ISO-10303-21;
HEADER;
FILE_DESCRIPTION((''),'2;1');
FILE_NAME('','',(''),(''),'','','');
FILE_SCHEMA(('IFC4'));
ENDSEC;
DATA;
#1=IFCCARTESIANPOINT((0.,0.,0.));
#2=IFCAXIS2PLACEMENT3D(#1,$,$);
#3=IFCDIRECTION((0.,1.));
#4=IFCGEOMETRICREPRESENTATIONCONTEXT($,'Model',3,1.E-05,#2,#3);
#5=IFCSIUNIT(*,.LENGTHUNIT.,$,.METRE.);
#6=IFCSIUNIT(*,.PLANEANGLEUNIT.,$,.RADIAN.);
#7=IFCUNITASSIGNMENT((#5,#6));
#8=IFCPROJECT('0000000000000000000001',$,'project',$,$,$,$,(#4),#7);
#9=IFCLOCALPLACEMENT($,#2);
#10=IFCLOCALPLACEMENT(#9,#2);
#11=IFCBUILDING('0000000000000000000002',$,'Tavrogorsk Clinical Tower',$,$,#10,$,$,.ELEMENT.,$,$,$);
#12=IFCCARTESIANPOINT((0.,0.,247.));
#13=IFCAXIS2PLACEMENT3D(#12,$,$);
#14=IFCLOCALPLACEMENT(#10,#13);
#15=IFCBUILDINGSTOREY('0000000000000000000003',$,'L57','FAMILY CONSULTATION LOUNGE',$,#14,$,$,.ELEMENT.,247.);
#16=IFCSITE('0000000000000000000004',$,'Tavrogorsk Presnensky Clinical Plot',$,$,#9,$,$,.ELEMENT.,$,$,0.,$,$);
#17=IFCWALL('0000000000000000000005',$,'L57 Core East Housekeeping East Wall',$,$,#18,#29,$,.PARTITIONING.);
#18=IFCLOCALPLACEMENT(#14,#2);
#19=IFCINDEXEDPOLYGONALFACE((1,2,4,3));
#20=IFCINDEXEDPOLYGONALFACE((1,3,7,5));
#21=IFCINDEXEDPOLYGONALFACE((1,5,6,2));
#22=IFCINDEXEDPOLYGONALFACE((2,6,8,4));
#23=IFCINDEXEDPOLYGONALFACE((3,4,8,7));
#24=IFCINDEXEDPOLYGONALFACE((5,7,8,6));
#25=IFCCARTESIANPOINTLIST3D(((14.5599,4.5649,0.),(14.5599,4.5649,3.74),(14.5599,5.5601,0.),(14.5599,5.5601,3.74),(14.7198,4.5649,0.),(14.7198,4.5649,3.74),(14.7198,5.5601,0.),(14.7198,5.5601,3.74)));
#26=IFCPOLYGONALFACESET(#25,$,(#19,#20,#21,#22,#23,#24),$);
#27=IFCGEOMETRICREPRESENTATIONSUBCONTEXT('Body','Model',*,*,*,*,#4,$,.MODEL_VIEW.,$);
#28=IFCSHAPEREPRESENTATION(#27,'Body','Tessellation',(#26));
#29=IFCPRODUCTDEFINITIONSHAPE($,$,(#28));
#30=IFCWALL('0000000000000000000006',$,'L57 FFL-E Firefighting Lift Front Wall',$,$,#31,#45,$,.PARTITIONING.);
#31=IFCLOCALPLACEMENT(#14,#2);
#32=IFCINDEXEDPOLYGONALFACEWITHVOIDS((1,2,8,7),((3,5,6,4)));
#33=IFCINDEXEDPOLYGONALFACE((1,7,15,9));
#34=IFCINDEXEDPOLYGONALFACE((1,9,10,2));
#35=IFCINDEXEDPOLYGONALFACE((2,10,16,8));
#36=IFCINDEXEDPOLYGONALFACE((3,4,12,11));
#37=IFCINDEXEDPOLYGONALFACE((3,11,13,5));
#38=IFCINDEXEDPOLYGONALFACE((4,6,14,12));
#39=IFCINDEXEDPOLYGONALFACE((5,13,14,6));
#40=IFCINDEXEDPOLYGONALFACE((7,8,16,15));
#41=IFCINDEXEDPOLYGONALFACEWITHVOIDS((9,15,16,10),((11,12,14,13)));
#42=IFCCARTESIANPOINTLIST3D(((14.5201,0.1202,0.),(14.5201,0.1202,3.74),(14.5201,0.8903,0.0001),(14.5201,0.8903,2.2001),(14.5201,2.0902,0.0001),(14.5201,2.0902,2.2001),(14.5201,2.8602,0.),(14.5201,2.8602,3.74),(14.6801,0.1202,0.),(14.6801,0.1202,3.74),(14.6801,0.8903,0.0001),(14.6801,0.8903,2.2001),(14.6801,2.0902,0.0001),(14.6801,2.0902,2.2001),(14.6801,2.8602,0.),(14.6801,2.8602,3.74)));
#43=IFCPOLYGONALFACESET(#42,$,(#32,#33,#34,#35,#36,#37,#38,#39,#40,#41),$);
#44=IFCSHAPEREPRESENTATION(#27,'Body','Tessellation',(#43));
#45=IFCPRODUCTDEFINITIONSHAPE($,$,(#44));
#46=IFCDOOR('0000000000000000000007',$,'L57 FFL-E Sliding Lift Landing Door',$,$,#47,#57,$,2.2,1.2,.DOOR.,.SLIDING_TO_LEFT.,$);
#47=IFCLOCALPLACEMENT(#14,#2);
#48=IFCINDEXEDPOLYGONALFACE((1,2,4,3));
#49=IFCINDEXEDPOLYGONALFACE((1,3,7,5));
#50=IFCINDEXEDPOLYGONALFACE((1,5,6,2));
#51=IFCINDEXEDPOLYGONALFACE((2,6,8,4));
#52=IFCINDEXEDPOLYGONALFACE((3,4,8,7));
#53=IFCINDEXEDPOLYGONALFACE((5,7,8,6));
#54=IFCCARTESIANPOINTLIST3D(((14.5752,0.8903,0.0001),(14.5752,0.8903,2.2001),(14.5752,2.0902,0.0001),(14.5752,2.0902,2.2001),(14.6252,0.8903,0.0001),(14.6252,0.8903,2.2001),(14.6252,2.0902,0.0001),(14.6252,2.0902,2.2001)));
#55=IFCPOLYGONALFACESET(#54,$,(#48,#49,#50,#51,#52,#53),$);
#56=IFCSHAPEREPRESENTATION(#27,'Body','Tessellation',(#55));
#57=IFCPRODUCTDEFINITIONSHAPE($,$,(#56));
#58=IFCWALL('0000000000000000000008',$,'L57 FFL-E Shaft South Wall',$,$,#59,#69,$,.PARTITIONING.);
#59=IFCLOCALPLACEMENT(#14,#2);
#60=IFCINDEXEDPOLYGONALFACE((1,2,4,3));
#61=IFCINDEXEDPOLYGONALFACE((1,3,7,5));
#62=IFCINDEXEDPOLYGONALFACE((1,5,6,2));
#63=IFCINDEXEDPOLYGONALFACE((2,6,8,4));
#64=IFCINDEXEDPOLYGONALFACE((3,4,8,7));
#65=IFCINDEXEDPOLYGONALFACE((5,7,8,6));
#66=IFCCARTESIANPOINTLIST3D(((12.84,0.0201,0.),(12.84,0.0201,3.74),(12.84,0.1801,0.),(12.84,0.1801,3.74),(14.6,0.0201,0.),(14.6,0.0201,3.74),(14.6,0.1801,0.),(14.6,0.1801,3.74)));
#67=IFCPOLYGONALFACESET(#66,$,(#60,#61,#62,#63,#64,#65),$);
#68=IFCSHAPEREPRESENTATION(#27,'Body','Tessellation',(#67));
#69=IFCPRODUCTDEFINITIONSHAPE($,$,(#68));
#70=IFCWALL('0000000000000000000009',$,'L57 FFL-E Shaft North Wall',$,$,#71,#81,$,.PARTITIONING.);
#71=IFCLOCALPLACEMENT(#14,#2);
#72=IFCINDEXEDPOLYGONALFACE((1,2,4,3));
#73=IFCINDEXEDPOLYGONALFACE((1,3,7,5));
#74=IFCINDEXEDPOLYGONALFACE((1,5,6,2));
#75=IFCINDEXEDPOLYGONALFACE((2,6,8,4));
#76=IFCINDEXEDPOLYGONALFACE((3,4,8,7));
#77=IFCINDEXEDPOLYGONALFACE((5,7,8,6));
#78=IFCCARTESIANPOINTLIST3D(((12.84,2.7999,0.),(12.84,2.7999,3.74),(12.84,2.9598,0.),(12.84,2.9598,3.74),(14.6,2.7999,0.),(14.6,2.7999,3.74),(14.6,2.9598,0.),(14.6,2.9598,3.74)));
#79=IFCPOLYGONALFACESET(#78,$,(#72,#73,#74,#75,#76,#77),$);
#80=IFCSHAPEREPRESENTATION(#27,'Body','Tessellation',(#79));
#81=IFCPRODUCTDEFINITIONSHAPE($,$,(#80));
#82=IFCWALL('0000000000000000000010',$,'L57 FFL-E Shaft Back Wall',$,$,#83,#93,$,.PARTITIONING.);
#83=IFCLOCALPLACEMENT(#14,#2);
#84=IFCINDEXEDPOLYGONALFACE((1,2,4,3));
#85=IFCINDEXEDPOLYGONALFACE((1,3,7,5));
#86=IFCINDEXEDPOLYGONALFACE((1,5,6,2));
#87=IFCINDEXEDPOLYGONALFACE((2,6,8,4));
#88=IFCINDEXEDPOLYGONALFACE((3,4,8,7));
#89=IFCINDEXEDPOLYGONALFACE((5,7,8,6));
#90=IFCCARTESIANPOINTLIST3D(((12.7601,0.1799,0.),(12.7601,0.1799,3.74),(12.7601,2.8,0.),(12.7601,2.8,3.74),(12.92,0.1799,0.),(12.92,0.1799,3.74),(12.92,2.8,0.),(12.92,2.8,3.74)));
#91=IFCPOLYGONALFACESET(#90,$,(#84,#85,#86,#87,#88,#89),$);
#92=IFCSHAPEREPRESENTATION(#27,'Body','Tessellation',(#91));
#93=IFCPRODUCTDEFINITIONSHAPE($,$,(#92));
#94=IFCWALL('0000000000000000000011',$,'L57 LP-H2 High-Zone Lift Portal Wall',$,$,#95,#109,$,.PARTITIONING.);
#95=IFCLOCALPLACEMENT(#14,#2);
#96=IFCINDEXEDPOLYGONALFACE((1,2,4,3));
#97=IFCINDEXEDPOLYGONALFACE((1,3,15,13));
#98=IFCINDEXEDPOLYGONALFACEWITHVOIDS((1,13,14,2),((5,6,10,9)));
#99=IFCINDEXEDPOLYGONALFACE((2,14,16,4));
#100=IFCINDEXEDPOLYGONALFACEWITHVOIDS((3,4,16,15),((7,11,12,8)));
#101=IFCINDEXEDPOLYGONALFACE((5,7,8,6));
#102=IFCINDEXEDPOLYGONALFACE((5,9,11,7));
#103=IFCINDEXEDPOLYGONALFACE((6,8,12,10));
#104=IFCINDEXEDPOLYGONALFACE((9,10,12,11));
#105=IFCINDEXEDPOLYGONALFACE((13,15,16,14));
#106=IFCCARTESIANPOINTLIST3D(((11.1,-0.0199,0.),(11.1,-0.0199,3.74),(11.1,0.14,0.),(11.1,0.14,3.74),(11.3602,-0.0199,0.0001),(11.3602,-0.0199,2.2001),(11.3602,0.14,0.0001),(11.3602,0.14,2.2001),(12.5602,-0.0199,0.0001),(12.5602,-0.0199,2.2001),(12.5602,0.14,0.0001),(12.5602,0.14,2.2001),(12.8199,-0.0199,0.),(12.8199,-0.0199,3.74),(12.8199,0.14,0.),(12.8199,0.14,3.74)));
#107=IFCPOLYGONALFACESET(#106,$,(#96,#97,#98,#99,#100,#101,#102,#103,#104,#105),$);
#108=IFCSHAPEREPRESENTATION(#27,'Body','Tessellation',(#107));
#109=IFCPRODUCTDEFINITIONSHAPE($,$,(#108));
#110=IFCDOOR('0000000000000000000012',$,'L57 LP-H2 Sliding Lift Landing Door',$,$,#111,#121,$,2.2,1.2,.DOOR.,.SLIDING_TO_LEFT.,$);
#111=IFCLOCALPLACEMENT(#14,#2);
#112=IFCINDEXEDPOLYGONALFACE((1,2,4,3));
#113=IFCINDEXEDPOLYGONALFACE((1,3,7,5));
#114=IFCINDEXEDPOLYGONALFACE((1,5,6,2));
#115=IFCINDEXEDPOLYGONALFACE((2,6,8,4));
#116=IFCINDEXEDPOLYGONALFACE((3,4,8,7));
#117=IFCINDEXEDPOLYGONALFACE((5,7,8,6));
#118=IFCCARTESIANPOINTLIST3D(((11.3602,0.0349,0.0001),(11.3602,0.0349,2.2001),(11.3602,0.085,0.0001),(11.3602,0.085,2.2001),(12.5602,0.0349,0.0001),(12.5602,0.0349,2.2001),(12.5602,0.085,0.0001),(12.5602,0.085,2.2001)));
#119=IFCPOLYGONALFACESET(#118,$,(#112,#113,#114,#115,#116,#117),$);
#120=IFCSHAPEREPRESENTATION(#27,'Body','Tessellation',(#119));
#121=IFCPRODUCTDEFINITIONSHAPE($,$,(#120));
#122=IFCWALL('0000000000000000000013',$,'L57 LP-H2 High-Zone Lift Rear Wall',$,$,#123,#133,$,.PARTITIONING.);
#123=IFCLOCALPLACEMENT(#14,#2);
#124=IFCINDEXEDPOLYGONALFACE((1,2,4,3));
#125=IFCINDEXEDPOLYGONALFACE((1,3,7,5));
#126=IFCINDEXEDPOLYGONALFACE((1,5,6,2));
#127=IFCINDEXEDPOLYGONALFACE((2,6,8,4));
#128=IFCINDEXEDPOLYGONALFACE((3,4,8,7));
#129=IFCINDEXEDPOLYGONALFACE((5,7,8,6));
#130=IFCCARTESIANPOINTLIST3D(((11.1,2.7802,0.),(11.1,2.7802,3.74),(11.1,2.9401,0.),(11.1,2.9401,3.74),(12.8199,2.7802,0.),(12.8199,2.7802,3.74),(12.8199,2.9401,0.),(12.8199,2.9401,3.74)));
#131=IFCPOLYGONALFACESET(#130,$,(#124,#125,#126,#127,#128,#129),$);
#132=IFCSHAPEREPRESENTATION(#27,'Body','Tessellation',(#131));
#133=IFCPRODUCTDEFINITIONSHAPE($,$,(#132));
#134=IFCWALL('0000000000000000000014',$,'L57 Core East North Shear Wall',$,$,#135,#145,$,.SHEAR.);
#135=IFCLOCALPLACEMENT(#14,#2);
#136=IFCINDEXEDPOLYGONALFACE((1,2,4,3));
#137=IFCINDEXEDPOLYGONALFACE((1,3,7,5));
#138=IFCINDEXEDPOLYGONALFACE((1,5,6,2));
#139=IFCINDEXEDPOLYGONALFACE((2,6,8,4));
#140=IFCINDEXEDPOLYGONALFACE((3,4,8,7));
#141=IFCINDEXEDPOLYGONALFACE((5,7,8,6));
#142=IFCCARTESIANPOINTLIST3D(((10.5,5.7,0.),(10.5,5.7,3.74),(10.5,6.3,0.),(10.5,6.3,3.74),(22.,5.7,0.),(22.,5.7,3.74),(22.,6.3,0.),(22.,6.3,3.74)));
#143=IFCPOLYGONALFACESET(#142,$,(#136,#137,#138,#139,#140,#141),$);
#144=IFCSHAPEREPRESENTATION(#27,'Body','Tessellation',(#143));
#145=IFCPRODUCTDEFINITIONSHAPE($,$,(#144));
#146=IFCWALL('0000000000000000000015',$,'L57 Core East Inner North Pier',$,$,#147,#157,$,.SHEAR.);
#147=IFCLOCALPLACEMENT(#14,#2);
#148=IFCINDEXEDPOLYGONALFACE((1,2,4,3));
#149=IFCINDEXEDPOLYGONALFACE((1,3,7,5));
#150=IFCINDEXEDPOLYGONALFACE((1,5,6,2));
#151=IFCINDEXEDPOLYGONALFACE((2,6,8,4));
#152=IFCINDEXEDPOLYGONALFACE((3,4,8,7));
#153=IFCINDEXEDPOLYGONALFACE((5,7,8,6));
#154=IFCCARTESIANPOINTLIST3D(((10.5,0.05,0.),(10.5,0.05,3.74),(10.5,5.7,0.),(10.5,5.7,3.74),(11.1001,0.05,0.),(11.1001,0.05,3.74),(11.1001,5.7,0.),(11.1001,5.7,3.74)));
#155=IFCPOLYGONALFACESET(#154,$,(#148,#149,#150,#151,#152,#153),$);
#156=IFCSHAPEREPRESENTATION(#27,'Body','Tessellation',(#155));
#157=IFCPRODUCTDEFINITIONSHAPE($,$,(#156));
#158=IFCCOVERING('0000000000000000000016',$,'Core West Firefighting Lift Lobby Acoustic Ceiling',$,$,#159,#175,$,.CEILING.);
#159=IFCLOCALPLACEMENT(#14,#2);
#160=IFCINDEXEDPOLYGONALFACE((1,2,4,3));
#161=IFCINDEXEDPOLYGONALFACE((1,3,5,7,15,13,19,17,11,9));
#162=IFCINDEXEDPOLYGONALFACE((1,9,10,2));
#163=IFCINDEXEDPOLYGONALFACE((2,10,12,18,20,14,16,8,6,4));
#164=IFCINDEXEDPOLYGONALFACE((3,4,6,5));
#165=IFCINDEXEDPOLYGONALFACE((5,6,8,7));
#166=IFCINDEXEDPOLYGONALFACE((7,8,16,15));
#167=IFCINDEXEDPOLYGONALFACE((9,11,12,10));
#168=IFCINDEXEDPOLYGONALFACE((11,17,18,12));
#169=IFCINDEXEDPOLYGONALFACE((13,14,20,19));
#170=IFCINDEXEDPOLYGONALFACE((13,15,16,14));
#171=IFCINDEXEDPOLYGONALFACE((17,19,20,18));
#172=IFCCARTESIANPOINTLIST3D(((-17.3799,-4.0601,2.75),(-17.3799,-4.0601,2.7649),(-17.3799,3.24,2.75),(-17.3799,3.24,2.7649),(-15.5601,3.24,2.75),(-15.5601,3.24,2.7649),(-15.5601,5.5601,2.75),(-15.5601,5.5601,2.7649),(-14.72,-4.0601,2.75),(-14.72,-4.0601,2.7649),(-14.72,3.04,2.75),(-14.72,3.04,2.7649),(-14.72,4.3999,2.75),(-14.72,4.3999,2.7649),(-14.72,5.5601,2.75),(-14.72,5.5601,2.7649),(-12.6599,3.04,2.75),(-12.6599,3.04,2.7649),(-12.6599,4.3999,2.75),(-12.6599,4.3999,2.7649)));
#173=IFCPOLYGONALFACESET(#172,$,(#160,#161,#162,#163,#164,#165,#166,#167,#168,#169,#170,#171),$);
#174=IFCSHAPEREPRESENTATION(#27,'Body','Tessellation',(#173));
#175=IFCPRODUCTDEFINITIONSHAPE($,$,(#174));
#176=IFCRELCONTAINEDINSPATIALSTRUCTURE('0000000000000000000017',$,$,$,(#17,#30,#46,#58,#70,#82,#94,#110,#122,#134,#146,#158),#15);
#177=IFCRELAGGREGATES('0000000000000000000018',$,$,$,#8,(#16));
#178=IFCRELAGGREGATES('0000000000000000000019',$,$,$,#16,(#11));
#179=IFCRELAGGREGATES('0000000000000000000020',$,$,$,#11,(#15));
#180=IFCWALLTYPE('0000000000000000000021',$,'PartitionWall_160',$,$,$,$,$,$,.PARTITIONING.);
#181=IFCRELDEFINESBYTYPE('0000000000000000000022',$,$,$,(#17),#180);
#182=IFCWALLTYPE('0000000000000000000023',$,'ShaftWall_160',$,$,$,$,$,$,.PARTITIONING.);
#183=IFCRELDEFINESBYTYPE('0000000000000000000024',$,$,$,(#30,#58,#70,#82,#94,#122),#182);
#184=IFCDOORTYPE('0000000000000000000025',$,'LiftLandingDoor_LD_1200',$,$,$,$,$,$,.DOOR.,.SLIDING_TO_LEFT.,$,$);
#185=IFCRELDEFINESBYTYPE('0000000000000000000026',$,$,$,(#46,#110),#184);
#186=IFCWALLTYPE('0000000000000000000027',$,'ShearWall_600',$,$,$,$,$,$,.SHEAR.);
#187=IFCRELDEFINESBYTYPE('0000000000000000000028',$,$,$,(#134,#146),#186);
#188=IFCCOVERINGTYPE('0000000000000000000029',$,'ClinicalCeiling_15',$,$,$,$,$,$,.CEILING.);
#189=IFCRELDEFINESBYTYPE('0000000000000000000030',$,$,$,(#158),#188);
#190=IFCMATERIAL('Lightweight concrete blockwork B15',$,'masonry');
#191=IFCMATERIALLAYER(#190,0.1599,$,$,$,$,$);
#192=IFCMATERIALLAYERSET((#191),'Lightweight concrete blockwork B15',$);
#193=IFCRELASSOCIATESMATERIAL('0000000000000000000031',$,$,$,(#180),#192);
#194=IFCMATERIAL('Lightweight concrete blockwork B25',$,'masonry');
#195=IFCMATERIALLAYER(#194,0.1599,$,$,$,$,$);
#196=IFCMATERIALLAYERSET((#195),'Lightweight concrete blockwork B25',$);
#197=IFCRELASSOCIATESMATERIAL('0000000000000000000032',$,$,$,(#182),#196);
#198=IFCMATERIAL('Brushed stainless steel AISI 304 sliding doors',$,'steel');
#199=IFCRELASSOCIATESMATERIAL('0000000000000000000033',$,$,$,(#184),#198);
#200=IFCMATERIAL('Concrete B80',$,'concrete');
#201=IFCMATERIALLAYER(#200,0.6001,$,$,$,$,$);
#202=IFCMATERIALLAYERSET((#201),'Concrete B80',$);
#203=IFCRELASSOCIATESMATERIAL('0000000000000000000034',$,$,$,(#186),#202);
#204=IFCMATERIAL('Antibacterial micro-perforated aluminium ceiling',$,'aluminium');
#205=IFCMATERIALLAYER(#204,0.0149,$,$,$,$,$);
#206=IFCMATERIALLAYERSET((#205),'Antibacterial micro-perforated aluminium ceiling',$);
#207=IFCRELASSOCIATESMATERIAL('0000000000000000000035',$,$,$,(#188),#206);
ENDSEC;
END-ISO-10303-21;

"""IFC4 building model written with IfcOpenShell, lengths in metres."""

from ifc_helpers import new_model, si_unit, direction, frame, frame_2d, origin, place, context, subcontext, project, spatial, polyline, rectangle, outline, extrude, material, layer, layer_set, type_object, element, fill, save


model = new_model("IFC4")

# Units and contexts
model_context = context("Model", 3, precision=1e-05, world=origin(), true_north=direction((0.0, 1.0)))
body_context = subcontext(model_context, "Body", "Model", "MODEL_VIEW")
ifc_project = project(units=[si_unit("LENGTHUNIT", "METRE"), si_unit("PLANEANGLEUNIT", "RADIAN")], contexts=[model_context])

# Site, building, storey
site_placement = place(None, origin())
site = spatial("IfcSite", under=ifc_project, at=site_placement, Name="Tavrogorsk Presnensky Clinical Plot", CompositionType="ELEMENT", RefElevation=0.0)
building_placement = place(site_placement, origin())
building = spatial("IfcBuilding", under=site, at=building_placement, Name="Tavrogorsk Clinical Tower", CompositionType="ELEMENT")
storey_placement = place(building_placement, frame((0.0, 0.0, 247.0)))
storey = spatial("IfcBuildingStorey", under=building, at=storey_placement, Name="L57", Description="FAMILY CONSULTATION LOUNGE", CompositionType="ELEMENT", Elevation=247.0)

# Shared definitions
ifc_material_1 = material(Name="Lightweight concrete blockwork B15", Category="masonry")
ifc_layer_1 = layer(ifc_material_1, 0.1599)
ifc_layer_set_1 = layer_set([ifc_layer_1], Name="Lightweight concrete blockwork B15")
wall_type_1 = type_object("IfcWallType", Name="PartitionWall_160", PredefinedType="PARTITIONING", material=ifc_layer_set_1)

# Wall
wall_1_placement = place(storey_placement, frame((14.6399, 4.5649, 0.0), z_axis=(0.0, 0.0, 1.0), x_axis=(0.0, 1.0, 0.0)))
element("IfcWall", 1, at=wall_1_placement, inside=storey, type_object=wall_type_1, Name="L57 Core East Housekeeping East Wall", PredefinedType="PARTITIONING", context=body_context, shape_type="SweptSolid", body=[
    extrude(rectangle(XDim=0.9951, YDim=0.1599, at=frame_2d((0.4976, 0.0))), origin(), (0.0, 0.0, 1.0), 3.74),
])

# Wall, opening, door
ifc_material_2 = material(Name="Lightweight concrete blockwork B25", Category="masonry")
ifc_layer_2 = layer(ifc_material_2, 0.1599)
ifc_layer_set_2 = layer_set([ifc_layer_2], Name="Lightweight concrete blockwork B25")
wall_type_2 = type_object("IfcWallType", Name="ShaftWall_160", PredefinedType="PARTITIONING", material=ifc_layer_set_2)
wall_2_placement = place(storey_placement, frame((14.6001, 0.1201, 0.0), z_axis=(0.0, 0.0, 1.0), x_axis=(0.0, 1.0, 0.0)))
wall_2 = element("IfcWall", 2, at=wall_2_placement, inside=storey, type_object=wall_type_2, Name="L57 FFL-E Firefighting Lift Front Wall", PredefinedType="PARTITIONING", context=body_context, shape_type="SweptSolid", body=[
    extrude(rectangle(XDim=2.74, YDim=0.1599, at=frame_2d((1.3701, 0.0))), origin(), (0.0, 0.0, 1.0), 3.74),
])
opening_1_placement = place(wall_2_placement, frame((0.77, 0.0, 0.0)))
opening_1 = element("IfcOpeningElement", 3, at=opening_1_placement, cuts=wall_2, PredefinedType="OPENING", context=body_context, shape_type="SweptSolid", body=[
    extrude(rectangle(XDim=1.2, YDim=2.2, at=frame_2d((0.6001, 1.1001))), frame((0.0, 0.0898, 0.0), z_axis=(0.0, -1.0, 0.0), x_axis=(1.0, 0.0, 0.0)), (0.0, 0.0, 1.0), 0.1799),
])
ifc_material_3 = material(Name="Brushed stainless steel AISI 304 sliding doors", Category="steel")
door_type_1 = type_object("IfcDoorType", Name="LiftLandingDoor_LD_1200", OperationType="SLIDING_TO_LEFT", PredefinedType="DOOR", material=ifc_material_3)
door_1_placement = place(opening_1_placement, origin())
door_1 = element("IfcDoor", 4, at=door_1_placement, inside=storey, type_object=door_type_1, Name="L57 FFL-E Sliding Lift Landing Door", OperationType="SLIDING_TO_LEFT", OverallHeight=2.2, OverallWidth=1.2, PredefinedType="DOOR", context=body_context, shape_type="SweptSolid", body=[
    extrude(rectangle(XDim=1.2, YDim=2.2, at=frame_2d((0.6001, 1.1001))), frame((0.0, 0.0249, 0.0), z_axis=(0.0, -1.0, 0.0), x_axis=(1.0, 0.0, 0.0)), (0.0, 0.0, 1.0), 0.05),
])
fill(opening_1, door_1)

# Walls
for number, where, z_axis, x_axis, name in (
    (5, (12.8401, 0.1001, 0.0), (0.0, 0.0, 1.0), (1.0, 0.0, 0.0), "L57 FFL-E Shaft South Wall"),
    (6, (12.8401, 2.8799, 0.0), (0.0, 0.0, 1.0), (1.0, 0.0, 0.0), "L57 FFL-E Shaft North Wall"),
):
    element("IfcWall", number, at=place(storey_placement, frame(where, z_axis=z_axis, x_axis=x_axis)), inside=storey, type_object=wall_type_2, Name=name, PredefinedType="PARTITIONING", context=body_context, shape_type="SweptSolid", body=[
        extrude(rectangle(XDim=1.76, YDim=0.1599, at=frame_2d((0.8799, 0.0))), origin(), (0.0, 0.0, 1.0), 3.74),
    ])
wall_3_placement = place(storey_placement, frame((12.8401, 0.1799, 0.0), z_axis=(0.0, 0.0, 1.0), x_axis=(0.0, 1.0, 0.0)))
element("IfcWall", 7, at=wall_3_placement, inside=storey, type_object=wall_type_2, Name="L57 FFL-E Shaft Back Wall", PredefinedType="PARTITIONING", context=body_context, shape_type="SweptSolid", body=[
    extrude(rectangle(XDim=2.6201, YDim=0.1599, at=frame_2d((1.3101, 0.0))), origin(), (0.0, 0.0, 1.0), 3.74),
])

# Wall, opening, door
wall_4_placement = place(storey_placement, frame((11.1001, 0.0601, 0.0), z_axis=(0.0, 0.0, 1.0), x_axis=(1.0, 0.0, 0.0)))
wall_4 = element("IfcWall", 8, at=wall_4_placement, inside=storey, type_object=wall_type_2, Name="L57 LP-H2 High-Zone Lift Portal Wall", PredefinedType="PARTITIONING", context=body_context, shape_type="SweptSolid", body=[
    extrude(rectangle(XDim=1.72, YDim=0.1599, at=frame_2d((0.8599, 0.0))), origin(), (0.0, 0.0, 1.0), 3.74),
])
opening_2_placement = place(wall_4_placement, frame((0.26, 0.0, 0.0)))
opening_2 = element("IfcOpeningElement", 9, at=opening_2_placement, cuts=wall_4, PredefinedType="OPENING", context=body_context, shape_type="SweptSolid", body=[
    extrude(rectangle(XDim=1.2, YDim=2.2, at=frame_2d((0.6001, 1.1001))), frame((0.0, 0.0898, 0.0), z_axis=(0.0, -1.0, 0.0), x_axis=(1.0, 0.0, 0.0)), (0.0, 0.0, 1.0), 0.1799),
])
door_2_placement = place(opening_2_placement, origin())
door_2 = element("IfcDoor", 10, at=door_2_placement, inside=storey, type_object=door_type_1, Name="L57 LP-H2 Sliding Lift Landing Door", OperationType="SLIDING_TO_LEFT", OverallHeight=2.2, OverallWidth=1.2, PredefinedType="DOOR", context=body_context, shape_type="SweptSolid", body=[
    extrude(rectangle(XDim=1.2, YDim=2.2, at=frame_2d((0.6001, 1.1001))), frame((0.0, 0.0249, 0.0), z_axis=(0.0, -1.0, 0.0), x_axis=(1.0, 0.0, 0.0)), (0.0, 0.0, 1.0), 0.05),
])
fill(opening_2, door_2)

# Walls
wall_5_placement = place(storey_placement, frame((11.1001, 2.8601, 0.0), z_axis=(0.0, 0.0, 1.0), x_axis=(1.0, 0.0, 0.0)))
element("IfcWall", 11, at=wall_5_placement, inside=storey, type_object=wall_type_2, Name="L57 LP-H2 High-Zone Lift Rear Wall", PredefinedType="PARTITIONING", context=body_context, shape_type="SweptSolid", body=[
    extrude(rectangle(XDim=1.72, YDim=0.1599, at=frame_2d((0.8599, 0.0))), origin(), (0.0, 0.0, 1.0), 3.74),
])
ifc_material_4 = material(Name="Concrete B80", Category="concrete")
ifc_layer_3 = layer(ifc_material_4, 0.6001)
ifc_layer_set_3 = layer_set([ifc_layer_3], Name="Concrete B80")
wall_type_3 = type_object("IfcWallType", Name="ShearWall_600", PredefinedType="SHEAR", material=ifc_layer_set_3)
wall_6_placement = place(storey_placement, frame((10.5, 6.0, 0.0), z_axis=(0.0, 0.0, 1.0), x_axis=(1.0, 0.0, 0.0)))
element("IfcWall", 12, at=wall_6_placement, inside=storey, type_object=wall_type_3, Name="L57 Core East North Shear Wall", PredefinedType="SHEAR", context=body_context, shape_type="SweptSolid", body=[
    extrude(rectangle(XDim=11.5, YDim=0.6001, at=frame_2d((5.75, 0.0))), origin(), (0.0, 0.0, 1.0), 3.74),
])
wall_7_placement = place(storey_placement, frame((10.8, 0.05, 0.0), z_axis=(0.0, 0.0, 1.0), x_axis=(0.0, 1.0, 0.0)))
element("IfcWall", 13, at=wall_7_placement, inside=storey, type_object=wall_type_3, Name="L57 Core East Inner North Pier", PredefinedType="SHEAR", context=body_context, shape_type="SweptSolid", body=[
    extrude(rectangle(XDim=5.6499, YDim=0.6001, at=frame_2d((2.825, 0.0))), origin(), (0.0, 0.0, 1.0), 3.74),
])

# Covering
ifc_material_5 = material(Name="Antibacterial micro-perforated aluminium ceiling", Category="aluminium")
ifc_layer_4 = layer(ifc_material_5, 0.0149)
ifc_layer_set_4 = layer_set([ifc_layer_4], Name="Antibacterial micro-perforated aluminium ceiling")
covering_type_1 = type_object("IfcCoveringType", Name="ClinicalCeiling_15", PredefinedType="CEILING", material=ifc_layer_set_4)
covering_1_placement = place(storey_placement, frame((0.0, 0.0, 2.75)))
element("IfcCovering", 14, at=covering_1_placement, inside=storey, type_object=covering_type_1, Name="Core West Firefighting Lift Lobby Acoustic Ceiling", PredefinedType="CEILING", context=body_context, shape_type="SweptSolid", body=[
    extrude(outline(polyline([(-17.3799, -4.0601), (-17.3799, 3.24), (-15.5601, 3.24), (-15.5601, 5.5601), (-14.72, 5.5601), (-14.72, 4.3999), (-12.6599, 4.3999), (-12.6599, 3.04), (-14.72, 3.04), (-14.72, -4.0601), (-17.3799, -4.0601)])), origin(), (0.0, 0.0, 1.0), 0.0149),
])

save(model, "model.ifc")
